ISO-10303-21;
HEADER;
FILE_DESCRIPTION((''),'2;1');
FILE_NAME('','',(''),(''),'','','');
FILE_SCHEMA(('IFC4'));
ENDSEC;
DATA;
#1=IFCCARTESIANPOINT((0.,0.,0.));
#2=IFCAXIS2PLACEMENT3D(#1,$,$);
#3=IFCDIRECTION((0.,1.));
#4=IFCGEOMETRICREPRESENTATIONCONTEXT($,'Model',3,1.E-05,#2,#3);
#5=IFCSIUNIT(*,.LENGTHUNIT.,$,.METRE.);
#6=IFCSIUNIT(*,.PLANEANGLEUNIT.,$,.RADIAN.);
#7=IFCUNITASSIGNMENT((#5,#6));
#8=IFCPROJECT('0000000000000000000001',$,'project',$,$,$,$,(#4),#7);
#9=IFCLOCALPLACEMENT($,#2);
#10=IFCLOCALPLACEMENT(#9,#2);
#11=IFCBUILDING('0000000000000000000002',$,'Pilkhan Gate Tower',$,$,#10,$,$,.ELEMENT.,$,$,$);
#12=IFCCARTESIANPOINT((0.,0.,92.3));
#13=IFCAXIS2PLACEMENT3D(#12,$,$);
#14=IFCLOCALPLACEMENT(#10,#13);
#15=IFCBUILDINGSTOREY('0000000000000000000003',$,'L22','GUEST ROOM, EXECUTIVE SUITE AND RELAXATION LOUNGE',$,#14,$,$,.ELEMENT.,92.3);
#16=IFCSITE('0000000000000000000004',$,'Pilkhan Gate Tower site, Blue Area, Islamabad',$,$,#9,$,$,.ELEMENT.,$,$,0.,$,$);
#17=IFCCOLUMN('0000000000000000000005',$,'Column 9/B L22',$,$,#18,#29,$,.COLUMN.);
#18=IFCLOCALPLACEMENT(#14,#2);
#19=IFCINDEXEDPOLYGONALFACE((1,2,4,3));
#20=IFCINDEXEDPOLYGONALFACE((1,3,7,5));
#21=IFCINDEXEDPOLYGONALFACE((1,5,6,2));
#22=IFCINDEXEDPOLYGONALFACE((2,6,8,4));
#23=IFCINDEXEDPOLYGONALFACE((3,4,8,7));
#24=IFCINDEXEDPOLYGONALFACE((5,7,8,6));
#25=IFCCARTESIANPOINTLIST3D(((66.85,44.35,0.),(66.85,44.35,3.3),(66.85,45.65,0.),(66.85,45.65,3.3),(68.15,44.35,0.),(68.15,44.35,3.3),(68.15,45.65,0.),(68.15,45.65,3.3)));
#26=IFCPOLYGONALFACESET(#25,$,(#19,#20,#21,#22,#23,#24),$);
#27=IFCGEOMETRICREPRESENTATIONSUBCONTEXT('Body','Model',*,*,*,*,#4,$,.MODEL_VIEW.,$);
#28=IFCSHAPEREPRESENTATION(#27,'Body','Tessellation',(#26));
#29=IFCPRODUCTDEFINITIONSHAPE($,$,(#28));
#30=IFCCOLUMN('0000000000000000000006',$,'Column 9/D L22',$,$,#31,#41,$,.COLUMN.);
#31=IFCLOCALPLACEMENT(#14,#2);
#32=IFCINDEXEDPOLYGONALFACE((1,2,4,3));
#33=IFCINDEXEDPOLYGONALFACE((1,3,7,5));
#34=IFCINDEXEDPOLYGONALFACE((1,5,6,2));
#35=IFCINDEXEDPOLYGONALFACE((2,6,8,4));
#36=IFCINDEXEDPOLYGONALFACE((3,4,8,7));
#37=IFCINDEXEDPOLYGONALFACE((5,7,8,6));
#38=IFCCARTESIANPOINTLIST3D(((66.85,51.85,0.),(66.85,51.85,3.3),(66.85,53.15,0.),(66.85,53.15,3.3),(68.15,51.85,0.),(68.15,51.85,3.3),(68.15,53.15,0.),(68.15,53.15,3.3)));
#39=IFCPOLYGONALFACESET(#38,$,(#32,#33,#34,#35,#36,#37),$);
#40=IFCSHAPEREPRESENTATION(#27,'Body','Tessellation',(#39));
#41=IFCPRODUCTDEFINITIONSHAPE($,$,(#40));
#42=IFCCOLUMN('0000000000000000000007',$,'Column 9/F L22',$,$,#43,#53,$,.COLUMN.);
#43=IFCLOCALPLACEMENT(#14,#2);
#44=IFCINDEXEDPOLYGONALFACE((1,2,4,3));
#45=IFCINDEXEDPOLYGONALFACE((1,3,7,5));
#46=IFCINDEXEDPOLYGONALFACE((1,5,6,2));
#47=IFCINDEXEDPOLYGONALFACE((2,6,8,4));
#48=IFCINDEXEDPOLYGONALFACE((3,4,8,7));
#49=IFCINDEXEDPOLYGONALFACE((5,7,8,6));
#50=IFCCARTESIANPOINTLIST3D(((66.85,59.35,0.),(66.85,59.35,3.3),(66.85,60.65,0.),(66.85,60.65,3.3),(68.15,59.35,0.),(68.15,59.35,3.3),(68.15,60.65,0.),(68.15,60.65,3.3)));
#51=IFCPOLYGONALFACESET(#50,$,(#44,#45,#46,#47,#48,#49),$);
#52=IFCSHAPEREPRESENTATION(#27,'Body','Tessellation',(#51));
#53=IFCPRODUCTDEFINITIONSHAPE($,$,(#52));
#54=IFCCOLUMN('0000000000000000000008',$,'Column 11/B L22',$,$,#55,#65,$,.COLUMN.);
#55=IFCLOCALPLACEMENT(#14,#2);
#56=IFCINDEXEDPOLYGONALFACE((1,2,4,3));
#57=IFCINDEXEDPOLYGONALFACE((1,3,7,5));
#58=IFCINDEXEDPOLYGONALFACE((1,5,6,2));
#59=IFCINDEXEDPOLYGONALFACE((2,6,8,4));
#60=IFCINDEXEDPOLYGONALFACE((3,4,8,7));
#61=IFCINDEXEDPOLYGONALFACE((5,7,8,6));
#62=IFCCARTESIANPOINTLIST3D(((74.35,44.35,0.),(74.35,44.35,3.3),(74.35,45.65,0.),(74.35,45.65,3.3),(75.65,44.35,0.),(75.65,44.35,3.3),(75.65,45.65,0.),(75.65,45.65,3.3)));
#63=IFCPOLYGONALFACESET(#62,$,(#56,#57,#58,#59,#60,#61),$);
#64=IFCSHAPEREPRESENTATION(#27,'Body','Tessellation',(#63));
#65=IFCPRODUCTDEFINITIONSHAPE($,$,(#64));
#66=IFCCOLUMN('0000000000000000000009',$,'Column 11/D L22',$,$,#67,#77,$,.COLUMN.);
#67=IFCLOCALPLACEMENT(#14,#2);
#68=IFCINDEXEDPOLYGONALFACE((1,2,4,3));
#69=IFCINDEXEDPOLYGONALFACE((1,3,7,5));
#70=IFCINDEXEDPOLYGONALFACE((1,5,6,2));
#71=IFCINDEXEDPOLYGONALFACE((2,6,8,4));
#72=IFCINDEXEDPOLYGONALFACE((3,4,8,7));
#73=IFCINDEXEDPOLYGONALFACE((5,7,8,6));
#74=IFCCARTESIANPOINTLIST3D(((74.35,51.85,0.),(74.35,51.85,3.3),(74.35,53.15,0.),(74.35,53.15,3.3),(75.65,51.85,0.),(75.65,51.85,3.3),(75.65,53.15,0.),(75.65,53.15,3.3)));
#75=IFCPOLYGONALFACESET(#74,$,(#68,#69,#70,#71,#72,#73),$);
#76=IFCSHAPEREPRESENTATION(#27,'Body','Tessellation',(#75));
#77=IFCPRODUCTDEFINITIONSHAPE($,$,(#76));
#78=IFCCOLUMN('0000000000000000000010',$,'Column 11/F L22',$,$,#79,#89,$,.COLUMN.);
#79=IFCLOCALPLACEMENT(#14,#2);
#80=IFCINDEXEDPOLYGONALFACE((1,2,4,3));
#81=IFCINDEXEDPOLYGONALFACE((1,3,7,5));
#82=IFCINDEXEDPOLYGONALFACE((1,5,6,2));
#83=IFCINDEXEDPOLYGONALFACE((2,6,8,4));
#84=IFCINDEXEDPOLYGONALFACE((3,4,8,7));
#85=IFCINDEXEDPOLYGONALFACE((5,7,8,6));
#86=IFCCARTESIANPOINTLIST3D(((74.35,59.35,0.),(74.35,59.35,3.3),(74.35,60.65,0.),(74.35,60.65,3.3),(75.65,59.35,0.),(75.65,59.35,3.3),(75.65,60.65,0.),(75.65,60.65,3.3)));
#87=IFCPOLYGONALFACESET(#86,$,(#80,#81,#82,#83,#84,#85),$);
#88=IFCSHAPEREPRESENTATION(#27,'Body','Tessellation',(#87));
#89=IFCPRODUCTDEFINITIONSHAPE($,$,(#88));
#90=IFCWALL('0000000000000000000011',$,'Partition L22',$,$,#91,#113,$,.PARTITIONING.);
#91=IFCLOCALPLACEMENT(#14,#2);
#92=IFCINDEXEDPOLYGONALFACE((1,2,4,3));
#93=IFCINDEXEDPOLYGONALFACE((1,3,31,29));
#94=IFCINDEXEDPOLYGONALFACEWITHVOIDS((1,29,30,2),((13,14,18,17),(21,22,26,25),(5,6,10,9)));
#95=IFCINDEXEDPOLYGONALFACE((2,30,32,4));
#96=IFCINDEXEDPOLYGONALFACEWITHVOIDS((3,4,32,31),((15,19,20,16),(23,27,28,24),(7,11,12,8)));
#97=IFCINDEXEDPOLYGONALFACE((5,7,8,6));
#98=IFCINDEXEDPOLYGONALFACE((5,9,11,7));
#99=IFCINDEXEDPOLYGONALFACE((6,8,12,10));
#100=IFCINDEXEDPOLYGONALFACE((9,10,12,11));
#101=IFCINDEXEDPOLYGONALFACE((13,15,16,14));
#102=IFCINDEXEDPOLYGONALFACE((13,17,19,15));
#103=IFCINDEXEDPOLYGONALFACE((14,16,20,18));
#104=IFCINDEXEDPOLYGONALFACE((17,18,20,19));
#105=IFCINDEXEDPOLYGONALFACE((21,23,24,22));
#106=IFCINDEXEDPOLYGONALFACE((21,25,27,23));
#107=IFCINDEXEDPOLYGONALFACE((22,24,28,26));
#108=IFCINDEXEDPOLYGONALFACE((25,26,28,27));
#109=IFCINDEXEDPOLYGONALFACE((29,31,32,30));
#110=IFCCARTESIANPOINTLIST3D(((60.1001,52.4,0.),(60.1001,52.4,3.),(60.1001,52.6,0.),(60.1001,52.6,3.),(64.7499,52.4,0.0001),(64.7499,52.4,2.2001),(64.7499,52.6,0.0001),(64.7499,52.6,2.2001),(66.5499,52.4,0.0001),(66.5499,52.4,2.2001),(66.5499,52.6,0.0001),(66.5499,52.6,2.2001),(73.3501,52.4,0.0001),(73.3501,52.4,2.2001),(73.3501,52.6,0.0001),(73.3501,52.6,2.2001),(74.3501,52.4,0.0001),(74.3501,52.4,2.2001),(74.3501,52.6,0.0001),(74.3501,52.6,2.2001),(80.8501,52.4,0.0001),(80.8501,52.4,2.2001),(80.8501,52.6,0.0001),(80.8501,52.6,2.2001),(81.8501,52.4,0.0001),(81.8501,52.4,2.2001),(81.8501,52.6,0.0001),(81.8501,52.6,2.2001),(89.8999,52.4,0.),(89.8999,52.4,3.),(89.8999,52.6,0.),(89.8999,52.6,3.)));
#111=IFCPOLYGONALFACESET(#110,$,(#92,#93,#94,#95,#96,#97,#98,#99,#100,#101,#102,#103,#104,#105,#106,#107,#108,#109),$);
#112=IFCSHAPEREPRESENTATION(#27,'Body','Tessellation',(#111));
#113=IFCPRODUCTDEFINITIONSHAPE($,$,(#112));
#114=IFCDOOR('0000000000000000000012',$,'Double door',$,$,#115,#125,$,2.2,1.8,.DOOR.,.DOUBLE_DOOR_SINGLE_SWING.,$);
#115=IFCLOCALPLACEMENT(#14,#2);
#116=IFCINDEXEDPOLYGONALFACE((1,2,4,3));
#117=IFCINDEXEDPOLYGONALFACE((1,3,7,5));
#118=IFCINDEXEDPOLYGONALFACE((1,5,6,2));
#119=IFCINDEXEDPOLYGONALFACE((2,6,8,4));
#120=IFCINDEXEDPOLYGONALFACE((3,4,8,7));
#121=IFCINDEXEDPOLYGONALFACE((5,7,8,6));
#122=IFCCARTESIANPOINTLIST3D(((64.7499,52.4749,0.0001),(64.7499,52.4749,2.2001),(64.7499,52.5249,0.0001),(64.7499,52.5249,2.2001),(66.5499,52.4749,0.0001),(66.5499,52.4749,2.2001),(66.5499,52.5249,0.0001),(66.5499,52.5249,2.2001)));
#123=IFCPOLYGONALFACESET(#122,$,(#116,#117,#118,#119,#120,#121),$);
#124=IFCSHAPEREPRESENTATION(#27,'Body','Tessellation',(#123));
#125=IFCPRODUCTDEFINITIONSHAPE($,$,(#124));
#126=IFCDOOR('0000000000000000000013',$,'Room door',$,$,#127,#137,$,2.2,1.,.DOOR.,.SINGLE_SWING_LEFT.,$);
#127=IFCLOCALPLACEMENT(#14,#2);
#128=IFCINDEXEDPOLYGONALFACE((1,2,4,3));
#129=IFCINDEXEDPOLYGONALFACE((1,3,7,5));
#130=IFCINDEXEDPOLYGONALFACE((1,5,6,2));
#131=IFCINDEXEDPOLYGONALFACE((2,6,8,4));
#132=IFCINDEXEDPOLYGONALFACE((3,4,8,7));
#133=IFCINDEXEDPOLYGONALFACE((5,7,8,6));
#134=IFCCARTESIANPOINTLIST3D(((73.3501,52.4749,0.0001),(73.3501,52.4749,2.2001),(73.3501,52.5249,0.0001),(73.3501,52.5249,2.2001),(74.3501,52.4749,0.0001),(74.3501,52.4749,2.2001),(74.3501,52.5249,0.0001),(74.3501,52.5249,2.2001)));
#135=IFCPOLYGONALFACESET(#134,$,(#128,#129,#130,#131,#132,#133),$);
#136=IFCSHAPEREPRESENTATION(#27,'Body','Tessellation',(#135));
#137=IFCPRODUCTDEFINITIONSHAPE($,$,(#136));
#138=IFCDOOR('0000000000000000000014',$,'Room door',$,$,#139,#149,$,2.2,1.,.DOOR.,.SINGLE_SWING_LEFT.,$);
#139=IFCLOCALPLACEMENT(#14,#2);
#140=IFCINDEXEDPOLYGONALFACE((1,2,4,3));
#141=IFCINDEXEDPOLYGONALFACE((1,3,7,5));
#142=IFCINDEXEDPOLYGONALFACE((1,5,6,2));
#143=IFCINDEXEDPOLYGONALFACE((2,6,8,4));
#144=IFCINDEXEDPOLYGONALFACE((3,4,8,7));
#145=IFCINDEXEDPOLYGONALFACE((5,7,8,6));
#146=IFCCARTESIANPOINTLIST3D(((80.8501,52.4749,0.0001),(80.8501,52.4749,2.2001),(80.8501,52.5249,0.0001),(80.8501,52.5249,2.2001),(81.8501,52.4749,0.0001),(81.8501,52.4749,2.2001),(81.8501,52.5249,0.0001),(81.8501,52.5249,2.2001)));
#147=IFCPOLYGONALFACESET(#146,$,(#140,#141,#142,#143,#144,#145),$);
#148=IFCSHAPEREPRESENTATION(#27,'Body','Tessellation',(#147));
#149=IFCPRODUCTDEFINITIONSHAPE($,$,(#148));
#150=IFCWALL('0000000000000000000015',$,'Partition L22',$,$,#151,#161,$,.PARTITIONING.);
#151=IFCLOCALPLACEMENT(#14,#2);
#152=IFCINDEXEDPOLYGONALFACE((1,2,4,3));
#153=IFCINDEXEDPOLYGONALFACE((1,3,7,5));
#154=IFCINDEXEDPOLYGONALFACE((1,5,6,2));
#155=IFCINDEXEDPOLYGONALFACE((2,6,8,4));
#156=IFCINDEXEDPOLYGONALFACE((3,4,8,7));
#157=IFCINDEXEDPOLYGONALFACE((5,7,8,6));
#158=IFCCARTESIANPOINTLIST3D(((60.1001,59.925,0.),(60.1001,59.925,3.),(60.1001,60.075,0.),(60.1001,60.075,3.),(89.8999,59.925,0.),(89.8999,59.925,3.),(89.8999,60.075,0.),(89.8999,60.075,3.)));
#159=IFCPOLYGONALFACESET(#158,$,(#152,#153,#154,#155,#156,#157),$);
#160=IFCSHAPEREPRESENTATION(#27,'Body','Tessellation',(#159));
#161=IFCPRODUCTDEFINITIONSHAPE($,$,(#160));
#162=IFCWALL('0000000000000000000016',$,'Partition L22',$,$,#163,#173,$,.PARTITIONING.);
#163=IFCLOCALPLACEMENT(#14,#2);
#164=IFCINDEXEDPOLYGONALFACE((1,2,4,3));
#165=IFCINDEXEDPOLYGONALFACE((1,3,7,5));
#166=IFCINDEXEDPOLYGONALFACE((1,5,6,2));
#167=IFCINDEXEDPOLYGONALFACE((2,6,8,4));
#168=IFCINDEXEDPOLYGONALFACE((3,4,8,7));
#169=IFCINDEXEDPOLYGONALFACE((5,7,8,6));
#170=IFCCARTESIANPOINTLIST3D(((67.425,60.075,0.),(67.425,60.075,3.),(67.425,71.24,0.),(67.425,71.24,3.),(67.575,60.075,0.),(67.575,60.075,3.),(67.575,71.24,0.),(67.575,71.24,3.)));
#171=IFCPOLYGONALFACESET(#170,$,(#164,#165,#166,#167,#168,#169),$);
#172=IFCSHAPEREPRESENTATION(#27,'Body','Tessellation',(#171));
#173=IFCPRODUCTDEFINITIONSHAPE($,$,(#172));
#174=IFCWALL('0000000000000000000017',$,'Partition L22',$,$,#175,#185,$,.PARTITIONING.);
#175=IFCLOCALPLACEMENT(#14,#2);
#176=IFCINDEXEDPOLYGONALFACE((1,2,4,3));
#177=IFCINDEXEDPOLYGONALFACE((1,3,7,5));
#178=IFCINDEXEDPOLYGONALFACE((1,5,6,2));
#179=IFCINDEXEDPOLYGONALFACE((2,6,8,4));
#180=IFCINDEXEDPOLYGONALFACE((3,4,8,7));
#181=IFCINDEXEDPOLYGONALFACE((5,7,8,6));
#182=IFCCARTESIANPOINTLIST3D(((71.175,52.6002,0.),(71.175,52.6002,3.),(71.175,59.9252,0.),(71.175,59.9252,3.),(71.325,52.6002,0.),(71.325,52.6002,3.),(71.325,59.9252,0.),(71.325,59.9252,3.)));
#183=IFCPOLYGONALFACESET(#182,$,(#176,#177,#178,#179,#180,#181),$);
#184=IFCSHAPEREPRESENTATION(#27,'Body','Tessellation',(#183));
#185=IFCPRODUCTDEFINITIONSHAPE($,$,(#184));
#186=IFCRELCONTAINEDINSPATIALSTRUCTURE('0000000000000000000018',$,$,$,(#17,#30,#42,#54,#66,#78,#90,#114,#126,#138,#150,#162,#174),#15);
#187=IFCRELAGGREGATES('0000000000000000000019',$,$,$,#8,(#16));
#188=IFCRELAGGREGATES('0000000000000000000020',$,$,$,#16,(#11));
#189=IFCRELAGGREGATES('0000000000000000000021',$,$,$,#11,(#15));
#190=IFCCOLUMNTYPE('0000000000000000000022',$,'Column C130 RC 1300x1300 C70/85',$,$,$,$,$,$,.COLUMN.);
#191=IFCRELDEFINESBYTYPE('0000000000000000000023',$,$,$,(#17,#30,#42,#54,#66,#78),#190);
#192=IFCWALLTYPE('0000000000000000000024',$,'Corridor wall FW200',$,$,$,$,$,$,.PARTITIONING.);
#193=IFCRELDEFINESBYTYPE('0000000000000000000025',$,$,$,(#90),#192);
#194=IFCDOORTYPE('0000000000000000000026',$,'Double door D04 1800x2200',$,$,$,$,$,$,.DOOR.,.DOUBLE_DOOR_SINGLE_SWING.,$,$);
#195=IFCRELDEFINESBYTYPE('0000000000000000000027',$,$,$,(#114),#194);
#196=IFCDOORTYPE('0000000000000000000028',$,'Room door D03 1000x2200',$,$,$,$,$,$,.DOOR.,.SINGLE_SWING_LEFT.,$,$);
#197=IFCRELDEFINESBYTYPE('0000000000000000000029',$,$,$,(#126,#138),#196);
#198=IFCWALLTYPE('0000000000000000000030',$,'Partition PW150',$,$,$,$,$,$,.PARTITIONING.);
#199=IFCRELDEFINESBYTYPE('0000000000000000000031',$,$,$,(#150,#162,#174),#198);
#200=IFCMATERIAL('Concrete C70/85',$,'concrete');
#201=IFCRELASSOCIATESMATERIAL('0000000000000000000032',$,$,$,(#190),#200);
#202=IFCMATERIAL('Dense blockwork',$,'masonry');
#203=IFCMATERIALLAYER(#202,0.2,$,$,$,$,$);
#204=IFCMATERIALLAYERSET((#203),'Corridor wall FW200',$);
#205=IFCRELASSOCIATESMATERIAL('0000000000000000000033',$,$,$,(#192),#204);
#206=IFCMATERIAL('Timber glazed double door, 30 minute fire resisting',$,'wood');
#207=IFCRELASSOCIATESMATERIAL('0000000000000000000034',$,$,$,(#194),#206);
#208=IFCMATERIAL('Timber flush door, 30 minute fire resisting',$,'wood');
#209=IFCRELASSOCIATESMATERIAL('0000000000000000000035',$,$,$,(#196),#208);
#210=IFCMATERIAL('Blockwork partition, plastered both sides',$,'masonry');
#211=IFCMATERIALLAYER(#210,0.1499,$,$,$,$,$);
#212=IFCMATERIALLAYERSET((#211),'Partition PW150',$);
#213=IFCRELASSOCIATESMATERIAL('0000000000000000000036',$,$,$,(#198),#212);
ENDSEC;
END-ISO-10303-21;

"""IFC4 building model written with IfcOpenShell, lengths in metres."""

from ifc_helpers import new_model, si_unit, direction, frame, frame_2d, origin, origin_2d, place, context, subcontext, project, spatial, rectangle, extrude, material, layer, layer_set, material_profile, profile_set, type_object, element, fill, save


model = new_model("IFC4")

# Units and contexts
model_context = context("Model", 3, precision=1e-05, world=origin(), true_north=direction((0.0, 1.0)))
body_context = subcontext(model_context, "Body", "Model", "MODEL_VIEW")
ifc_project = project(units=[si_unit("LENGTHUNIT", "METRE"), si_unit("PLANEANGLEUNIT", "RADIAN")], contexts=[model_context])

# Site, building, storey
site_placement = place(None, origin())
site = spatial("IfcSite", under=ifc_project, at=site_placement, Name="Pilkhan Gate Tower site, Blue Area, Islamabad", CompositionType="ELEMENT", RefElevation=0.0)
building_placement = place(site_placement, origin())
building = spatial("IfcBuilding", under=site, at=building_placement, Name="Pilkhan Gate Tower", CompositionType="ELEMENT")
storey_placement = place(building_placement, frame((0.0, 0.0, 92.3)))
storey = spatial("IfcBuildingStorey", under=building, at=storey_placement, Name="L22", Description="GUEST ROOM, EXECUTIVE SUITE AND RELAXATION LOUNGE", CompositionType="ELEMENT", Elevation=92.3)

# Columns
ifc_material_1 = material(Name="Concrete C70/85", Category="concrete")
ifc_material_profile = material_profile(ifc_material_1, rectangle(XDim=1.3, YDim=1.3, at=origin_2d()), Name="RC 1300x1300")
ifc_profile_set = profile_set([ifc_material_profile], Name="Concrete C70/85")
column_type = type_object("IfcColumnType", Name="Column C130 RC 1300x1300 C70/85", PredefinedType="COLUMN", material=ifc_profile_set)
for number, where, z_axis, x_axis, name in (
    (1, (67.5, 45.0, 0.0), (0.0, 0.0, 1.0), (1.0, 0.0, 0.0), "Column 9/B L22"),
    (2, (67.5, 52.5, 0.0), (0.0, 0.0, 1.0), (1.0, 0.0, 0.0), "Column 9/D L22"),
    (3, (67.5, 60.0, 0.0), (0.0, 0.0, 1.0), (1.0, 0.0, 0.0), "Column 9/F L22"),
    (4, (75.0, 45.0, 0.0), (0.0, 0.0, 1.0), (1.0, 0.0, 0.0), "Column 11/B L22"),
    (5, (75.0, 52.5, 0.0), (0.0, 0.0, 1.0), (1.0, 0.0, 0.0), "Column 11/D L22"),
    (6, (75.0, 60.0, 0.0), (0.0, 0.0, 1.0), (1.0, 0.0, 0.0), "Column 11/F L22"),
):
    element("IfcColumn", number, at=place(storey_placement, frame(where, z_axis=z_axis, x_axis=x_axis)), inside=storey, type_object=column_type, Name=name, PredefinedType="COLUMN", context=body_context, shape_type="SweptSolid", body=[
        extrude(rectangle(XDim=1.3, YDim=1.3, at=origin_2d()), origin(), (0.0, 0.0, 1.0), 3.3),
    ])

# Wall, openings, doors
ifc_material_2 = material(Name="Dense blockwork", Category="masonry")
ifc_layer_1 = layer(ifc_material_2, 0.2)
ifc_layer_set_1 = layer_set([ifc_layer_1], Name="Corridor wall FW200")
wall_type_1 = type_object("IfcWallType", Name="Corridor wall FW200", PredefinedType="PARTITIONING", material=ifc_layer_set_1)
wall_1_placement = place(storey_placement, frame((60.1001, 52.5, 0.0), z_axis=(0.0, 0.0, 1.0), x_axis=(1.0, 0.0, 0.0)))
wall_1 = element("IfcWall", 7, at=wall_1_placement, inside=storey, type_object=wall_type_1, Name="Partition L22", PredefinedType="PARTITIONING", context=body_context, shape_type="SweptSolid", body=[
    extrude(rectangle(XDim=29.7998, YDim=0.2, at=frame_2d((14.8999, 0.0))), origin(), (0.0, 0.0, 1.0), 3.0),
])
opening_1_placement = place(wall_1_placement, frame((4.6499, 0.0, 0.0)))
opening_1 = element("IfcOpeningElement", 8, at=opening_1_placement, cuts=wall_1, PredefinedType="OPENING", context=body_context, shape_type="SweptSolid", body=[
    extrude(rectangle(XDim=1.8, YDim=2.2, at=frame_2d((0.8999, 1.1001))), frame((0.0, 0.1099, 0.0), z_axis=(0.0, -1.0, 0.0), x_axis=(1.0, 0.0, 0.0)), (0.0, 0.0, 1.0), 0.22),
])
opening_2_placement = place(wall_1_placement, frame((13.25, 0.0, 0.0)))
opening_2 = element("IfcOpeningElement", 9, at=opening_2_placement, cuts=wall_1, PredefinedType="OPENING", context=body_context, shape_type="SweptSolid", body=[
    extrude(rectangle(XDim=1.0, YDim=2.2, at=frame_2d((0.5, 1.1001))), frame((0.0, 0.1099, 0.0), z_axis=(0.0, -1.0, 0.0), x_axis=(1.0, 0.0, 0.0)), (0.0, 0.0, 1.0), 0.22),
])
opening_3_placement = place(wall_1_placement, frame((20.75, 0.0, 0.0)))
opening_3 = element("IfcOpeningElement", 10, at=opening_3_placement, cuts=wall_1, PredefinedType="OPENING", context=body_context, shape_type="SweptSolid", body=[
    extrude(rectangle(XDim=1.0, YDim=2.2, at=frame_2d((0.5, 1.1001))), frame((0.0, 0.1099, 0.0), z_axis=(0.0, -1.0, 0.0), x_axis=(1.0, 0.0, 0.0)), (0.0, 0.0, 1.0), 0.22),
])
ifc_material_3 = material(Name="Timber glazed double door, 30 minute fire resisting", Category="wood")
door_type_1 = type_object("IfcDoorType", Name="Double door D04 1800x2200", OperationType="DOUBLE_DOOR_SINGLE_SWING", PredefinedType="DOOR", material=ifc_material_3)
door_1_placement = place(opening_1_placement, origin())
door_1 = element("IfcDoor", 11, at=door_1_placement, inside=storey, type_object=door_type_1, Name="Double door", OperationType="DOUBLE_DOOR_SINGLE_SWING", OverallHeight=2.2, OverallWidth=1.8, PredefinedType="DOOR", context=body_context, shape_type="SweptSolid", body=[
    extrude(rectangle(XDim=1.8, YDim=2.2, at=frame_2d((0.8999, 1.1001))), frame((0.0, 0.0249, 0.0), z_axis=(0.0, -1.0, 0.0), x_axis=(1.0, 0.0, 0.0)), (0.0, 0.0, 1.0), 0.05),
])
fill(opening_1, door_1)
ifc_material_4 = material(Name="Timber flush door, 30 minute fire resisting", Category="wood")
door_type_2 = type_object("IfcDoorType", Name="Room door D03 1000x2200", OperationType="SINGLE_SWING_LEFT", PredefinedType="DOOR", material=ifc_material_4)
door_2_placement = place(opening_2_placement, origin())
door_2 = element("IfcDoor", 12, at=door_2_placement, inside=storey, type_object=door_type_2, Name="Room door", OperationType="SINGLE_SWING_LEFT", OverallHeight=2.2, OverallWidth=1.0, PredefinedType="DOOR", context=body_context, shape_type="SweptSolid", body=[
    extrude(rectangle(XDim=1.0, YDim=2.2, at=frame_2d((0.5, 1.1001))), frame((0.0, 0.0249, 0.0), z_axis=(0.0, -1.0, 0.0), x_axis=(1.0, 0.0, 0.0)), (0.0, 0.0, 1.0), 0.05),
])
fill(opening_2, door_2)
door_3_placement = place(opening_3_placement, origin())
door_3 = element("IfcDoor", 13, at=door_3_placement, inside=storey, type_object=door_type_2, Name="Room door", OperationType="SINGLE_SWING_LEFT", OverallHeight=2.2, OverallWidth=1.0, PredefinedType="DOOR", context=body_context, shape_type="SweptSolid", body=[
    extrude(rectangle(XDim=1.0, YDim=2.2, at=frame_2d((0.5, 1.1001))), frame((0.0, 0.0249, 0.0), z_axis=(0.0, -1.0, 0.0), x_axis=(1.0, 0.0, 0.0)), (0.0, 0.0, 1.0), 0.05),
])
fill(opening_3, door_3)

# Walls
ifc_material_5 = material(Name="Blockwork partition, plastered both sides", Category="masonry")
ifc_layer_2 = layer(ifc_material_5, 0.1499)
ifc_layer_set_2 = layer_set([ifc_layer_2], Name="Partition PW150")
wall_type_2 = type_object("IfcWallType", Name="Partition PW150", PredefinedType="PARTITIONING", material=ifc_layer_set_2)
wall_2_placement = place(storey_placement, frame((60.1001, 60.0, 0.0), z_axis=(0.0, 0.0, 1.0), x_axis=(1.0, 0.0, 0.0)))
element("IfcWall", 14, at=wall_2_placement, inside=storey, type_object=wall_type_2, Name="Partition L22", PredefinedType="PARTITIONING", context=body_context, shape_type="SweptSolid", body=[
    extrude(rectangle(XDim=29.7998, YDim=0.1499, at=frame_2d((14.8999, 0.0))), origin(), (0.0, 0.0, 1.0), 3.0),
])
wall_3_placement = place(storey_placement, frame((67.5, 60.075, 0.0), z_axis=(0.0, 0.0, 1.0), x_axis=(0.0, 1.0, 0.0)))
element("IfcWall", 15, at=wall_3_placement, inside=storey, type_object=wall_type_2, Name="Partition L22", PredefinedType="PARTITIONING", context=body_context, shape_type="SweptSolid", body=[
    extrude(rectangle(XDim=11.165, YDim=0.1499, at=frame_2d((5.5825, 0.0))), origin(), (0.0, 0.0, 1.0), 3.0),
])
wall_4_placement = place(storey_placement, frame((71.25, 52.6001, 0.0), z_axis=(0.0, 0.0, 1.0), x_axis=(0.0, 1.0, 0.0)))
element("IfcWall", 16, at=wall_4_placement, inside=storey, type_object=wall_type_2, Name="Partition L22", PredefinedType="PARTITIONING", context=body_context, shape_type="SweptSolid", body=[
    extrude(rectangle(XDim=7.325, YDim=0.1499, at=frame_2d((3.6626, 0.0))), origin(), (0.0, 0.0, 1.0), 3.0),
])

save(model, "model.ifc")
